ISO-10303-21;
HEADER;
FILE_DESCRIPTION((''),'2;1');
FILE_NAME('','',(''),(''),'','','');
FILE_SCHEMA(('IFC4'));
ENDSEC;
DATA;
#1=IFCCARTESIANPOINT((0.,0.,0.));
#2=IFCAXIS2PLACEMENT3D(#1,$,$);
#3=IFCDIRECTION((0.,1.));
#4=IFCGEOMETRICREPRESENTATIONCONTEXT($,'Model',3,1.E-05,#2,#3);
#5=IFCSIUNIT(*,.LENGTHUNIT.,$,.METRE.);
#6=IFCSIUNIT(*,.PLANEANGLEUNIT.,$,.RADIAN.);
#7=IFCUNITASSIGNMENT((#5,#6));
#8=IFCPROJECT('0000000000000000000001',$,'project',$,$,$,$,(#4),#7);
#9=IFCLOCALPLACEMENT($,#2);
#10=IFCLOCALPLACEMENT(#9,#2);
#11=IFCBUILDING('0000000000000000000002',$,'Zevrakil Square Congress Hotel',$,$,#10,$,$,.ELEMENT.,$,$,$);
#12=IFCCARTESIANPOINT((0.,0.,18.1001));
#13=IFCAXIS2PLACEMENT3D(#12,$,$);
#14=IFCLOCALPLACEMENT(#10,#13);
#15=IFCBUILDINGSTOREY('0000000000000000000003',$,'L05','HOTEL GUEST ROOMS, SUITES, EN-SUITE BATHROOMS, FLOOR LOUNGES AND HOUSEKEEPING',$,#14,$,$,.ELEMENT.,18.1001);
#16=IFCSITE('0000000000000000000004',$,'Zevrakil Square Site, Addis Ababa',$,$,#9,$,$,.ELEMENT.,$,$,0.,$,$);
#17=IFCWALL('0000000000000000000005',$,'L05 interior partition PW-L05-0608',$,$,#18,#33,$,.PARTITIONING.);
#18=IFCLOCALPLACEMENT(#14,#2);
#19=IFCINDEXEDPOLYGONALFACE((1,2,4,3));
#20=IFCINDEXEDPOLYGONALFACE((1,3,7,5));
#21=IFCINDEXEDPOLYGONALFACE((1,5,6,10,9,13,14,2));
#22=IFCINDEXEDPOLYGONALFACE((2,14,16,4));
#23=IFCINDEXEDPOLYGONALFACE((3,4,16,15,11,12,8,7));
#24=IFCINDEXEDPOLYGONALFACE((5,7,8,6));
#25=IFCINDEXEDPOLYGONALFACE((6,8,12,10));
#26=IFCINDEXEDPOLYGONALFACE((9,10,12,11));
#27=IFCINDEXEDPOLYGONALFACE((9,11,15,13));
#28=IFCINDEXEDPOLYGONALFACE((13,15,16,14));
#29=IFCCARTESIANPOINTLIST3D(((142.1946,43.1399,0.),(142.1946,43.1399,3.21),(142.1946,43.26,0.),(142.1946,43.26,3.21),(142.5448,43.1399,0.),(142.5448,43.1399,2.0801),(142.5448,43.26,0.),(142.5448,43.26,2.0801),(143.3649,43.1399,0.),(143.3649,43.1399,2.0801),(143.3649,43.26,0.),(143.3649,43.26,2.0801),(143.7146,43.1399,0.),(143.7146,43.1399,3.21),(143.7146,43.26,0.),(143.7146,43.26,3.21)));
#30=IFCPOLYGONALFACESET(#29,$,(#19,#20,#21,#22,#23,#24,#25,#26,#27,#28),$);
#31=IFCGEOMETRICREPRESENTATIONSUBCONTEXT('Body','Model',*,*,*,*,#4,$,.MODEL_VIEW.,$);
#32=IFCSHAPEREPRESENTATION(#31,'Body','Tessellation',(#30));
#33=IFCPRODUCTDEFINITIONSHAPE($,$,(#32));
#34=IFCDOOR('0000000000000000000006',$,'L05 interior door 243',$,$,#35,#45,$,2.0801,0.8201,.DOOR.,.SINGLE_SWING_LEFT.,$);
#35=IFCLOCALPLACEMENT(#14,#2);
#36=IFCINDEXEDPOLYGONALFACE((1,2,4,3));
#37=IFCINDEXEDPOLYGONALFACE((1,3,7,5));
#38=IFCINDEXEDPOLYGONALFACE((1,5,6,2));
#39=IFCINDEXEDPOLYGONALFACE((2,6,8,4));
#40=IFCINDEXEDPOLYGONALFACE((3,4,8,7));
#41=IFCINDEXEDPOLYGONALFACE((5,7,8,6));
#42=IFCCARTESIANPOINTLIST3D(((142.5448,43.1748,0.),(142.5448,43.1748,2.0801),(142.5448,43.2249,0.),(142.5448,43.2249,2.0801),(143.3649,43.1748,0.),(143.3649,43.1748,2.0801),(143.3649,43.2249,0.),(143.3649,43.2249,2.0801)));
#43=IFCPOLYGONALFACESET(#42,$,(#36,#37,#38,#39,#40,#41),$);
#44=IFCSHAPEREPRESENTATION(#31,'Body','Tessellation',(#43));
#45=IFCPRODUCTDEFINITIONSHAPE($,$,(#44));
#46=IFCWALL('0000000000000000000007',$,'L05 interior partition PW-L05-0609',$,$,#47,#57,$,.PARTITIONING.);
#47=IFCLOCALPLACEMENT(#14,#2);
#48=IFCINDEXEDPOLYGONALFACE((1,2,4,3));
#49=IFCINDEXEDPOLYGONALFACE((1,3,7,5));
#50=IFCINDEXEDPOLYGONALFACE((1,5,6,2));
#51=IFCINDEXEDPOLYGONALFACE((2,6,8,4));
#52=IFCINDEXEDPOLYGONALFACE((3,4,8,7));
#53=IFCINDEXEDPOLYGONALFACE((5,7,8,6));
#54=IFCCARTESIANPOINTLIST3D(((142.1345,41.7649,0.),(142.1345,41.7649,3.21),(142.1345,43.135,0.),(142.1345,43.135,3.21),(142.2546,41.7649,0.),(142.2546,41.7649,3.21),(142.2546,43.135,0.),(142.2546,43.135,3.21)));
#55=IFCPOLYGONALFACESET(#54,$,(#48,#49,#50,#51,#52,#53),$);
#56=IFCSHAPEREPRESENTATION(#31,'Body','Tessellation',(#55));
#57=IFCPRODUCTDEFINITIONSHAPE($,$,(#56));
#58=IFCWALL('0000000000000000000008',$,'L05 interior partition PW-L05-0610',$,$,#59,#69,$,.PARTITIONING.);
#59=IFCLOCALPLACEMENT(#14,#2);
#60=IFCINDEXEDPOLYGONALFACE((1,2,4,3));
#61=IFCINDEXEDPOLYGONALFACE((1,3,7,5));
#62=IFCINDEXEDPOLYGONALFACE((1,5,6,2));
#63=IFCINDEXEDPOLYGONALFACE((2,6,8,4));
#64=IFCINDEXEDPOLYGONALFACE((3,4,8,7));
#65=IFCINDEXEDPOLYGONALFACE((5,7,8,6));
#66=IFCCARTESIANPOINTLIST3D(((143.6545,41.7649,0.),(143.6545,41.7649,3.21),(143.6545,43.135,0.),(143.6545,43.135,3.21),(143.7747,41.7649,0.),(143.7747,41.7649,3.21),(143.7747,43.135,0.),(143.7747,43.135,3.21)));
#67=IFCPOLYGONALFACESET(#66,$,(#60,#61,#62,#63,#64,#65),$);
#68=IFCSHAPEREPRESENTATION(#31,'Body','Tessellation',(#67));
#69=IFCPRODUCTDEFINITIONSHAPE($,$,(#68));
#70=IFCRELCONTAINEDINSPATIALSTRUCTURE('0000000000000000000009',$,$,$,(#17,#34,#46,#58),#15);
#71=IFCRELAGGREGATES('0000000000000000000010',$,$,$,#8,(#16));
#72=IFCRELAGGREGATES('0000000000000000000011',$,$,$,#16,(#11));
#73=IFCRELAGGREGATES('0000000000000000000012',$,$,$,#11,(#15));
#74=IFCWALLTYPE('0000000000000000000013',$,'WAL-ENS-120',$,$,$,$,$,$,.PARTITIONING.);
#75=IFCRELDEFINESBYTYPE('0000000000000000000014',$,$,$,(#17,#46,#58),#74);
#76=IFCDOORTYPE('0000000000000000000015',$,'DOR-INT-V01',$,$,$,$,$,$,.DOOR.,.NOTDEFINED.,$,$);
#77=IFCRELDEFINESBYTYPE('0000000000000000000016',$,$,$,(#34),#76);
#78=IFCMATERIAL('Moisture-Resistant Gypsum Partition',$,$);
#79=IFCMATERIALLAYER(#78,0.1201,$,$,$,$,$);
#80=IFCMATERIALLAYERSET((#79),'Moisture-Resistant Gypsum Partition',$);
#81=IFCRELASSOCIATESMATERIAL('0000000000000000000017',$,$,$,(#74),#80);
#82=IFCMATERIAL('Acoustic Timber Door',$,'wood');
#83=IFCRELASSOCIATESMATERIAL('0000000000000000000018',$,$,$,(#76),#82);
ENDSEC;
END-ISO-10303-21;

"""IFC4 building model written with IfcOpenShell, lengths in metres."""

from ifc_helpers import new_model, si_unit, direction, frame, frame_2d, origin, place, context, subcontext, project, spatial, rectangle, extrude, material, layer, layer_set, type_object, element, fill, save


model = new_model("IFC4")

# Units and contexts
model_context = context("Model", 3, precision=1e-05, world=origin(), true_north=direction((0.0, 1.0)))
body_context = subcontext(model_context, "Body", "Model", "MODEL_VIEW")
ifc_project = project(units=[si_unit("LENGTHUNIT", "METRE"), si_unit("PLANEANGLEUNIT", "RADIAN")], contexts=[model_context])

# Site, building, storey
site_placement = place(None, origin())
site = spatial("IfcSite", under=ifc_project, at=site_placement, Name="Zevrakil Square Site, Addis Ababa", CompositionType="ELEMENT", RefElevation=0.0)
building_placement = place(site_placement, origin())
building = spatial("IfcBuilding", under=site, at=building_placement, Name="Zevrakil Square Congress Hotel", CompositionType="ELEMENT")
storey_placement = place(building_placement, frame((0.0, 0.0, 18.1001)))
storey = spatial("IfcBuildingStorey", under=building, at=storey_placement, Name="L05", Description="HOTEL GUEST ROOMS, SUITES, EN-SUITE BATHROOMS, FLOOR LOUNGES AND HOUSEKEEPING", CompositionType="ELEMENT", Elevation=18.1001)

# Shared definitions
ifc_material_1 = material(Name="Moisture-Resistant Gypsum Partition")
ifc_layer = layer(ifc_material_1, 0.1201)
ifc_layer_set = layer_set([ifc_layer], Name="Moisture-Resistant Gypsum Partition")
wall_type = type_object("IfcWallType", Name="WAL-ENS-120", PredefinedType="PARTITIONING", material=ifc_layer_set)

# Shared definitions
ifc_material_2 = material(Name="Acoustic Timber Door", Category="wood")
door_type = type_object("IfcDoorType", Name="DOR-INT-V01", OperationType="NOTDEFINED", PredefinedType="DOOR", material=ifc_material_2)

# Wall, opening, door
wall_1_placement = place(storey_placement, frame((142.1946, 43.2, 0.0), z_axis=(0.0, 0.0, 1.0), x_axis=(1.0, 0.0, 0.0)))
wall_1 = element("IfcWall", 1, at=wall_1_placement, inside=storey, type_object=wall_type, Name="L05 interior partition PW-L05-0608", PredefinedType="PARTITIONING", context=body_context, shape_type="SweptSolid", body=[
    extrude(rectangle(XDim=1.52, YDim=0.1201, at=frame_2d((0.76, 0.0))), origin(), (0.0, 0.0, 1.0), 3.21),
])
opening_1_placement = place(wall_1_placement, frame((0.3501, 0.0, 0.0)))
opening_1 = element("IfcOpeningElement", 2, at=opening_1_placement, cuts=wall_1, PredefinedType="OPENING", context=body_context, shape_type="SweptSolid", body=[
    extrude(rectangle(XDim=0.8201, YDim=2.0801, at=frame_2d((0.4102, 1.04))), frame((0.0, 0.0701, 0.0), z_axis=(0.0, -1.0, 0.0), x_axis=(1.0, 0.0, 0.0)), (0.0, 0.0, 1.0), 0.1401),
])
door_1_placement = place(opening_1_placement, origin())
door_1 = element("IfcDoor", 3, at=door_1_placement, inside=storey, type_object=door_type, Name="L05 interior door 243", OperationType="SINGLE_SWING_LEFT", OverallHeight=2.0801, OverallWidth=0.8201, PredefinedType="DOOR", context=body_context, shape_type="SweptSolid", body=[
    extrude(rectangle(XDim=0.8201, YDim=2.0801, at=frame_2d((0.4102, 1.04))), frame((0.0, 0.0249, 0.0), z_axis=(0.0, -1.0, 0.0), x_axis=(1.0, 0.0, 0.0)), (0.0, 0.0, 1.0), 0.05),
])
fill(opening_1, door_1)

# Walls
for number, where, z_axis, x_axis, name in (
    (4, (142.1946, 41.7649, 0.0), (0.0, 0.0, 1.0), (0.0, 1.0, 0.0), "L05 interior partition PW-L05-0609"),
    (5, (143.7146, 41.7649, 0.0), (0.0, 0.0, 1.0), (0.0, 1.0, 0.0), "L05 interior partition PW-L05-0610"),
):
    element("IfcWall", number, at=place(storey_placement, frame(where, z_axis=z_axis, x_axis=x_axis)), inside=storey, type_object=wall_type, Name=name, PredefinedType="PARTITIONING", context=body_context, shape_type="SweptSolid", body=[
        extrude(rectangle(XDim=1.3701, YDim=0.1201, at=frame_2d((0.6851, 0.0))), origin(), (0.0, 0.0, 1.0), 3.21),
    ])

save(model, "model.ifc")
